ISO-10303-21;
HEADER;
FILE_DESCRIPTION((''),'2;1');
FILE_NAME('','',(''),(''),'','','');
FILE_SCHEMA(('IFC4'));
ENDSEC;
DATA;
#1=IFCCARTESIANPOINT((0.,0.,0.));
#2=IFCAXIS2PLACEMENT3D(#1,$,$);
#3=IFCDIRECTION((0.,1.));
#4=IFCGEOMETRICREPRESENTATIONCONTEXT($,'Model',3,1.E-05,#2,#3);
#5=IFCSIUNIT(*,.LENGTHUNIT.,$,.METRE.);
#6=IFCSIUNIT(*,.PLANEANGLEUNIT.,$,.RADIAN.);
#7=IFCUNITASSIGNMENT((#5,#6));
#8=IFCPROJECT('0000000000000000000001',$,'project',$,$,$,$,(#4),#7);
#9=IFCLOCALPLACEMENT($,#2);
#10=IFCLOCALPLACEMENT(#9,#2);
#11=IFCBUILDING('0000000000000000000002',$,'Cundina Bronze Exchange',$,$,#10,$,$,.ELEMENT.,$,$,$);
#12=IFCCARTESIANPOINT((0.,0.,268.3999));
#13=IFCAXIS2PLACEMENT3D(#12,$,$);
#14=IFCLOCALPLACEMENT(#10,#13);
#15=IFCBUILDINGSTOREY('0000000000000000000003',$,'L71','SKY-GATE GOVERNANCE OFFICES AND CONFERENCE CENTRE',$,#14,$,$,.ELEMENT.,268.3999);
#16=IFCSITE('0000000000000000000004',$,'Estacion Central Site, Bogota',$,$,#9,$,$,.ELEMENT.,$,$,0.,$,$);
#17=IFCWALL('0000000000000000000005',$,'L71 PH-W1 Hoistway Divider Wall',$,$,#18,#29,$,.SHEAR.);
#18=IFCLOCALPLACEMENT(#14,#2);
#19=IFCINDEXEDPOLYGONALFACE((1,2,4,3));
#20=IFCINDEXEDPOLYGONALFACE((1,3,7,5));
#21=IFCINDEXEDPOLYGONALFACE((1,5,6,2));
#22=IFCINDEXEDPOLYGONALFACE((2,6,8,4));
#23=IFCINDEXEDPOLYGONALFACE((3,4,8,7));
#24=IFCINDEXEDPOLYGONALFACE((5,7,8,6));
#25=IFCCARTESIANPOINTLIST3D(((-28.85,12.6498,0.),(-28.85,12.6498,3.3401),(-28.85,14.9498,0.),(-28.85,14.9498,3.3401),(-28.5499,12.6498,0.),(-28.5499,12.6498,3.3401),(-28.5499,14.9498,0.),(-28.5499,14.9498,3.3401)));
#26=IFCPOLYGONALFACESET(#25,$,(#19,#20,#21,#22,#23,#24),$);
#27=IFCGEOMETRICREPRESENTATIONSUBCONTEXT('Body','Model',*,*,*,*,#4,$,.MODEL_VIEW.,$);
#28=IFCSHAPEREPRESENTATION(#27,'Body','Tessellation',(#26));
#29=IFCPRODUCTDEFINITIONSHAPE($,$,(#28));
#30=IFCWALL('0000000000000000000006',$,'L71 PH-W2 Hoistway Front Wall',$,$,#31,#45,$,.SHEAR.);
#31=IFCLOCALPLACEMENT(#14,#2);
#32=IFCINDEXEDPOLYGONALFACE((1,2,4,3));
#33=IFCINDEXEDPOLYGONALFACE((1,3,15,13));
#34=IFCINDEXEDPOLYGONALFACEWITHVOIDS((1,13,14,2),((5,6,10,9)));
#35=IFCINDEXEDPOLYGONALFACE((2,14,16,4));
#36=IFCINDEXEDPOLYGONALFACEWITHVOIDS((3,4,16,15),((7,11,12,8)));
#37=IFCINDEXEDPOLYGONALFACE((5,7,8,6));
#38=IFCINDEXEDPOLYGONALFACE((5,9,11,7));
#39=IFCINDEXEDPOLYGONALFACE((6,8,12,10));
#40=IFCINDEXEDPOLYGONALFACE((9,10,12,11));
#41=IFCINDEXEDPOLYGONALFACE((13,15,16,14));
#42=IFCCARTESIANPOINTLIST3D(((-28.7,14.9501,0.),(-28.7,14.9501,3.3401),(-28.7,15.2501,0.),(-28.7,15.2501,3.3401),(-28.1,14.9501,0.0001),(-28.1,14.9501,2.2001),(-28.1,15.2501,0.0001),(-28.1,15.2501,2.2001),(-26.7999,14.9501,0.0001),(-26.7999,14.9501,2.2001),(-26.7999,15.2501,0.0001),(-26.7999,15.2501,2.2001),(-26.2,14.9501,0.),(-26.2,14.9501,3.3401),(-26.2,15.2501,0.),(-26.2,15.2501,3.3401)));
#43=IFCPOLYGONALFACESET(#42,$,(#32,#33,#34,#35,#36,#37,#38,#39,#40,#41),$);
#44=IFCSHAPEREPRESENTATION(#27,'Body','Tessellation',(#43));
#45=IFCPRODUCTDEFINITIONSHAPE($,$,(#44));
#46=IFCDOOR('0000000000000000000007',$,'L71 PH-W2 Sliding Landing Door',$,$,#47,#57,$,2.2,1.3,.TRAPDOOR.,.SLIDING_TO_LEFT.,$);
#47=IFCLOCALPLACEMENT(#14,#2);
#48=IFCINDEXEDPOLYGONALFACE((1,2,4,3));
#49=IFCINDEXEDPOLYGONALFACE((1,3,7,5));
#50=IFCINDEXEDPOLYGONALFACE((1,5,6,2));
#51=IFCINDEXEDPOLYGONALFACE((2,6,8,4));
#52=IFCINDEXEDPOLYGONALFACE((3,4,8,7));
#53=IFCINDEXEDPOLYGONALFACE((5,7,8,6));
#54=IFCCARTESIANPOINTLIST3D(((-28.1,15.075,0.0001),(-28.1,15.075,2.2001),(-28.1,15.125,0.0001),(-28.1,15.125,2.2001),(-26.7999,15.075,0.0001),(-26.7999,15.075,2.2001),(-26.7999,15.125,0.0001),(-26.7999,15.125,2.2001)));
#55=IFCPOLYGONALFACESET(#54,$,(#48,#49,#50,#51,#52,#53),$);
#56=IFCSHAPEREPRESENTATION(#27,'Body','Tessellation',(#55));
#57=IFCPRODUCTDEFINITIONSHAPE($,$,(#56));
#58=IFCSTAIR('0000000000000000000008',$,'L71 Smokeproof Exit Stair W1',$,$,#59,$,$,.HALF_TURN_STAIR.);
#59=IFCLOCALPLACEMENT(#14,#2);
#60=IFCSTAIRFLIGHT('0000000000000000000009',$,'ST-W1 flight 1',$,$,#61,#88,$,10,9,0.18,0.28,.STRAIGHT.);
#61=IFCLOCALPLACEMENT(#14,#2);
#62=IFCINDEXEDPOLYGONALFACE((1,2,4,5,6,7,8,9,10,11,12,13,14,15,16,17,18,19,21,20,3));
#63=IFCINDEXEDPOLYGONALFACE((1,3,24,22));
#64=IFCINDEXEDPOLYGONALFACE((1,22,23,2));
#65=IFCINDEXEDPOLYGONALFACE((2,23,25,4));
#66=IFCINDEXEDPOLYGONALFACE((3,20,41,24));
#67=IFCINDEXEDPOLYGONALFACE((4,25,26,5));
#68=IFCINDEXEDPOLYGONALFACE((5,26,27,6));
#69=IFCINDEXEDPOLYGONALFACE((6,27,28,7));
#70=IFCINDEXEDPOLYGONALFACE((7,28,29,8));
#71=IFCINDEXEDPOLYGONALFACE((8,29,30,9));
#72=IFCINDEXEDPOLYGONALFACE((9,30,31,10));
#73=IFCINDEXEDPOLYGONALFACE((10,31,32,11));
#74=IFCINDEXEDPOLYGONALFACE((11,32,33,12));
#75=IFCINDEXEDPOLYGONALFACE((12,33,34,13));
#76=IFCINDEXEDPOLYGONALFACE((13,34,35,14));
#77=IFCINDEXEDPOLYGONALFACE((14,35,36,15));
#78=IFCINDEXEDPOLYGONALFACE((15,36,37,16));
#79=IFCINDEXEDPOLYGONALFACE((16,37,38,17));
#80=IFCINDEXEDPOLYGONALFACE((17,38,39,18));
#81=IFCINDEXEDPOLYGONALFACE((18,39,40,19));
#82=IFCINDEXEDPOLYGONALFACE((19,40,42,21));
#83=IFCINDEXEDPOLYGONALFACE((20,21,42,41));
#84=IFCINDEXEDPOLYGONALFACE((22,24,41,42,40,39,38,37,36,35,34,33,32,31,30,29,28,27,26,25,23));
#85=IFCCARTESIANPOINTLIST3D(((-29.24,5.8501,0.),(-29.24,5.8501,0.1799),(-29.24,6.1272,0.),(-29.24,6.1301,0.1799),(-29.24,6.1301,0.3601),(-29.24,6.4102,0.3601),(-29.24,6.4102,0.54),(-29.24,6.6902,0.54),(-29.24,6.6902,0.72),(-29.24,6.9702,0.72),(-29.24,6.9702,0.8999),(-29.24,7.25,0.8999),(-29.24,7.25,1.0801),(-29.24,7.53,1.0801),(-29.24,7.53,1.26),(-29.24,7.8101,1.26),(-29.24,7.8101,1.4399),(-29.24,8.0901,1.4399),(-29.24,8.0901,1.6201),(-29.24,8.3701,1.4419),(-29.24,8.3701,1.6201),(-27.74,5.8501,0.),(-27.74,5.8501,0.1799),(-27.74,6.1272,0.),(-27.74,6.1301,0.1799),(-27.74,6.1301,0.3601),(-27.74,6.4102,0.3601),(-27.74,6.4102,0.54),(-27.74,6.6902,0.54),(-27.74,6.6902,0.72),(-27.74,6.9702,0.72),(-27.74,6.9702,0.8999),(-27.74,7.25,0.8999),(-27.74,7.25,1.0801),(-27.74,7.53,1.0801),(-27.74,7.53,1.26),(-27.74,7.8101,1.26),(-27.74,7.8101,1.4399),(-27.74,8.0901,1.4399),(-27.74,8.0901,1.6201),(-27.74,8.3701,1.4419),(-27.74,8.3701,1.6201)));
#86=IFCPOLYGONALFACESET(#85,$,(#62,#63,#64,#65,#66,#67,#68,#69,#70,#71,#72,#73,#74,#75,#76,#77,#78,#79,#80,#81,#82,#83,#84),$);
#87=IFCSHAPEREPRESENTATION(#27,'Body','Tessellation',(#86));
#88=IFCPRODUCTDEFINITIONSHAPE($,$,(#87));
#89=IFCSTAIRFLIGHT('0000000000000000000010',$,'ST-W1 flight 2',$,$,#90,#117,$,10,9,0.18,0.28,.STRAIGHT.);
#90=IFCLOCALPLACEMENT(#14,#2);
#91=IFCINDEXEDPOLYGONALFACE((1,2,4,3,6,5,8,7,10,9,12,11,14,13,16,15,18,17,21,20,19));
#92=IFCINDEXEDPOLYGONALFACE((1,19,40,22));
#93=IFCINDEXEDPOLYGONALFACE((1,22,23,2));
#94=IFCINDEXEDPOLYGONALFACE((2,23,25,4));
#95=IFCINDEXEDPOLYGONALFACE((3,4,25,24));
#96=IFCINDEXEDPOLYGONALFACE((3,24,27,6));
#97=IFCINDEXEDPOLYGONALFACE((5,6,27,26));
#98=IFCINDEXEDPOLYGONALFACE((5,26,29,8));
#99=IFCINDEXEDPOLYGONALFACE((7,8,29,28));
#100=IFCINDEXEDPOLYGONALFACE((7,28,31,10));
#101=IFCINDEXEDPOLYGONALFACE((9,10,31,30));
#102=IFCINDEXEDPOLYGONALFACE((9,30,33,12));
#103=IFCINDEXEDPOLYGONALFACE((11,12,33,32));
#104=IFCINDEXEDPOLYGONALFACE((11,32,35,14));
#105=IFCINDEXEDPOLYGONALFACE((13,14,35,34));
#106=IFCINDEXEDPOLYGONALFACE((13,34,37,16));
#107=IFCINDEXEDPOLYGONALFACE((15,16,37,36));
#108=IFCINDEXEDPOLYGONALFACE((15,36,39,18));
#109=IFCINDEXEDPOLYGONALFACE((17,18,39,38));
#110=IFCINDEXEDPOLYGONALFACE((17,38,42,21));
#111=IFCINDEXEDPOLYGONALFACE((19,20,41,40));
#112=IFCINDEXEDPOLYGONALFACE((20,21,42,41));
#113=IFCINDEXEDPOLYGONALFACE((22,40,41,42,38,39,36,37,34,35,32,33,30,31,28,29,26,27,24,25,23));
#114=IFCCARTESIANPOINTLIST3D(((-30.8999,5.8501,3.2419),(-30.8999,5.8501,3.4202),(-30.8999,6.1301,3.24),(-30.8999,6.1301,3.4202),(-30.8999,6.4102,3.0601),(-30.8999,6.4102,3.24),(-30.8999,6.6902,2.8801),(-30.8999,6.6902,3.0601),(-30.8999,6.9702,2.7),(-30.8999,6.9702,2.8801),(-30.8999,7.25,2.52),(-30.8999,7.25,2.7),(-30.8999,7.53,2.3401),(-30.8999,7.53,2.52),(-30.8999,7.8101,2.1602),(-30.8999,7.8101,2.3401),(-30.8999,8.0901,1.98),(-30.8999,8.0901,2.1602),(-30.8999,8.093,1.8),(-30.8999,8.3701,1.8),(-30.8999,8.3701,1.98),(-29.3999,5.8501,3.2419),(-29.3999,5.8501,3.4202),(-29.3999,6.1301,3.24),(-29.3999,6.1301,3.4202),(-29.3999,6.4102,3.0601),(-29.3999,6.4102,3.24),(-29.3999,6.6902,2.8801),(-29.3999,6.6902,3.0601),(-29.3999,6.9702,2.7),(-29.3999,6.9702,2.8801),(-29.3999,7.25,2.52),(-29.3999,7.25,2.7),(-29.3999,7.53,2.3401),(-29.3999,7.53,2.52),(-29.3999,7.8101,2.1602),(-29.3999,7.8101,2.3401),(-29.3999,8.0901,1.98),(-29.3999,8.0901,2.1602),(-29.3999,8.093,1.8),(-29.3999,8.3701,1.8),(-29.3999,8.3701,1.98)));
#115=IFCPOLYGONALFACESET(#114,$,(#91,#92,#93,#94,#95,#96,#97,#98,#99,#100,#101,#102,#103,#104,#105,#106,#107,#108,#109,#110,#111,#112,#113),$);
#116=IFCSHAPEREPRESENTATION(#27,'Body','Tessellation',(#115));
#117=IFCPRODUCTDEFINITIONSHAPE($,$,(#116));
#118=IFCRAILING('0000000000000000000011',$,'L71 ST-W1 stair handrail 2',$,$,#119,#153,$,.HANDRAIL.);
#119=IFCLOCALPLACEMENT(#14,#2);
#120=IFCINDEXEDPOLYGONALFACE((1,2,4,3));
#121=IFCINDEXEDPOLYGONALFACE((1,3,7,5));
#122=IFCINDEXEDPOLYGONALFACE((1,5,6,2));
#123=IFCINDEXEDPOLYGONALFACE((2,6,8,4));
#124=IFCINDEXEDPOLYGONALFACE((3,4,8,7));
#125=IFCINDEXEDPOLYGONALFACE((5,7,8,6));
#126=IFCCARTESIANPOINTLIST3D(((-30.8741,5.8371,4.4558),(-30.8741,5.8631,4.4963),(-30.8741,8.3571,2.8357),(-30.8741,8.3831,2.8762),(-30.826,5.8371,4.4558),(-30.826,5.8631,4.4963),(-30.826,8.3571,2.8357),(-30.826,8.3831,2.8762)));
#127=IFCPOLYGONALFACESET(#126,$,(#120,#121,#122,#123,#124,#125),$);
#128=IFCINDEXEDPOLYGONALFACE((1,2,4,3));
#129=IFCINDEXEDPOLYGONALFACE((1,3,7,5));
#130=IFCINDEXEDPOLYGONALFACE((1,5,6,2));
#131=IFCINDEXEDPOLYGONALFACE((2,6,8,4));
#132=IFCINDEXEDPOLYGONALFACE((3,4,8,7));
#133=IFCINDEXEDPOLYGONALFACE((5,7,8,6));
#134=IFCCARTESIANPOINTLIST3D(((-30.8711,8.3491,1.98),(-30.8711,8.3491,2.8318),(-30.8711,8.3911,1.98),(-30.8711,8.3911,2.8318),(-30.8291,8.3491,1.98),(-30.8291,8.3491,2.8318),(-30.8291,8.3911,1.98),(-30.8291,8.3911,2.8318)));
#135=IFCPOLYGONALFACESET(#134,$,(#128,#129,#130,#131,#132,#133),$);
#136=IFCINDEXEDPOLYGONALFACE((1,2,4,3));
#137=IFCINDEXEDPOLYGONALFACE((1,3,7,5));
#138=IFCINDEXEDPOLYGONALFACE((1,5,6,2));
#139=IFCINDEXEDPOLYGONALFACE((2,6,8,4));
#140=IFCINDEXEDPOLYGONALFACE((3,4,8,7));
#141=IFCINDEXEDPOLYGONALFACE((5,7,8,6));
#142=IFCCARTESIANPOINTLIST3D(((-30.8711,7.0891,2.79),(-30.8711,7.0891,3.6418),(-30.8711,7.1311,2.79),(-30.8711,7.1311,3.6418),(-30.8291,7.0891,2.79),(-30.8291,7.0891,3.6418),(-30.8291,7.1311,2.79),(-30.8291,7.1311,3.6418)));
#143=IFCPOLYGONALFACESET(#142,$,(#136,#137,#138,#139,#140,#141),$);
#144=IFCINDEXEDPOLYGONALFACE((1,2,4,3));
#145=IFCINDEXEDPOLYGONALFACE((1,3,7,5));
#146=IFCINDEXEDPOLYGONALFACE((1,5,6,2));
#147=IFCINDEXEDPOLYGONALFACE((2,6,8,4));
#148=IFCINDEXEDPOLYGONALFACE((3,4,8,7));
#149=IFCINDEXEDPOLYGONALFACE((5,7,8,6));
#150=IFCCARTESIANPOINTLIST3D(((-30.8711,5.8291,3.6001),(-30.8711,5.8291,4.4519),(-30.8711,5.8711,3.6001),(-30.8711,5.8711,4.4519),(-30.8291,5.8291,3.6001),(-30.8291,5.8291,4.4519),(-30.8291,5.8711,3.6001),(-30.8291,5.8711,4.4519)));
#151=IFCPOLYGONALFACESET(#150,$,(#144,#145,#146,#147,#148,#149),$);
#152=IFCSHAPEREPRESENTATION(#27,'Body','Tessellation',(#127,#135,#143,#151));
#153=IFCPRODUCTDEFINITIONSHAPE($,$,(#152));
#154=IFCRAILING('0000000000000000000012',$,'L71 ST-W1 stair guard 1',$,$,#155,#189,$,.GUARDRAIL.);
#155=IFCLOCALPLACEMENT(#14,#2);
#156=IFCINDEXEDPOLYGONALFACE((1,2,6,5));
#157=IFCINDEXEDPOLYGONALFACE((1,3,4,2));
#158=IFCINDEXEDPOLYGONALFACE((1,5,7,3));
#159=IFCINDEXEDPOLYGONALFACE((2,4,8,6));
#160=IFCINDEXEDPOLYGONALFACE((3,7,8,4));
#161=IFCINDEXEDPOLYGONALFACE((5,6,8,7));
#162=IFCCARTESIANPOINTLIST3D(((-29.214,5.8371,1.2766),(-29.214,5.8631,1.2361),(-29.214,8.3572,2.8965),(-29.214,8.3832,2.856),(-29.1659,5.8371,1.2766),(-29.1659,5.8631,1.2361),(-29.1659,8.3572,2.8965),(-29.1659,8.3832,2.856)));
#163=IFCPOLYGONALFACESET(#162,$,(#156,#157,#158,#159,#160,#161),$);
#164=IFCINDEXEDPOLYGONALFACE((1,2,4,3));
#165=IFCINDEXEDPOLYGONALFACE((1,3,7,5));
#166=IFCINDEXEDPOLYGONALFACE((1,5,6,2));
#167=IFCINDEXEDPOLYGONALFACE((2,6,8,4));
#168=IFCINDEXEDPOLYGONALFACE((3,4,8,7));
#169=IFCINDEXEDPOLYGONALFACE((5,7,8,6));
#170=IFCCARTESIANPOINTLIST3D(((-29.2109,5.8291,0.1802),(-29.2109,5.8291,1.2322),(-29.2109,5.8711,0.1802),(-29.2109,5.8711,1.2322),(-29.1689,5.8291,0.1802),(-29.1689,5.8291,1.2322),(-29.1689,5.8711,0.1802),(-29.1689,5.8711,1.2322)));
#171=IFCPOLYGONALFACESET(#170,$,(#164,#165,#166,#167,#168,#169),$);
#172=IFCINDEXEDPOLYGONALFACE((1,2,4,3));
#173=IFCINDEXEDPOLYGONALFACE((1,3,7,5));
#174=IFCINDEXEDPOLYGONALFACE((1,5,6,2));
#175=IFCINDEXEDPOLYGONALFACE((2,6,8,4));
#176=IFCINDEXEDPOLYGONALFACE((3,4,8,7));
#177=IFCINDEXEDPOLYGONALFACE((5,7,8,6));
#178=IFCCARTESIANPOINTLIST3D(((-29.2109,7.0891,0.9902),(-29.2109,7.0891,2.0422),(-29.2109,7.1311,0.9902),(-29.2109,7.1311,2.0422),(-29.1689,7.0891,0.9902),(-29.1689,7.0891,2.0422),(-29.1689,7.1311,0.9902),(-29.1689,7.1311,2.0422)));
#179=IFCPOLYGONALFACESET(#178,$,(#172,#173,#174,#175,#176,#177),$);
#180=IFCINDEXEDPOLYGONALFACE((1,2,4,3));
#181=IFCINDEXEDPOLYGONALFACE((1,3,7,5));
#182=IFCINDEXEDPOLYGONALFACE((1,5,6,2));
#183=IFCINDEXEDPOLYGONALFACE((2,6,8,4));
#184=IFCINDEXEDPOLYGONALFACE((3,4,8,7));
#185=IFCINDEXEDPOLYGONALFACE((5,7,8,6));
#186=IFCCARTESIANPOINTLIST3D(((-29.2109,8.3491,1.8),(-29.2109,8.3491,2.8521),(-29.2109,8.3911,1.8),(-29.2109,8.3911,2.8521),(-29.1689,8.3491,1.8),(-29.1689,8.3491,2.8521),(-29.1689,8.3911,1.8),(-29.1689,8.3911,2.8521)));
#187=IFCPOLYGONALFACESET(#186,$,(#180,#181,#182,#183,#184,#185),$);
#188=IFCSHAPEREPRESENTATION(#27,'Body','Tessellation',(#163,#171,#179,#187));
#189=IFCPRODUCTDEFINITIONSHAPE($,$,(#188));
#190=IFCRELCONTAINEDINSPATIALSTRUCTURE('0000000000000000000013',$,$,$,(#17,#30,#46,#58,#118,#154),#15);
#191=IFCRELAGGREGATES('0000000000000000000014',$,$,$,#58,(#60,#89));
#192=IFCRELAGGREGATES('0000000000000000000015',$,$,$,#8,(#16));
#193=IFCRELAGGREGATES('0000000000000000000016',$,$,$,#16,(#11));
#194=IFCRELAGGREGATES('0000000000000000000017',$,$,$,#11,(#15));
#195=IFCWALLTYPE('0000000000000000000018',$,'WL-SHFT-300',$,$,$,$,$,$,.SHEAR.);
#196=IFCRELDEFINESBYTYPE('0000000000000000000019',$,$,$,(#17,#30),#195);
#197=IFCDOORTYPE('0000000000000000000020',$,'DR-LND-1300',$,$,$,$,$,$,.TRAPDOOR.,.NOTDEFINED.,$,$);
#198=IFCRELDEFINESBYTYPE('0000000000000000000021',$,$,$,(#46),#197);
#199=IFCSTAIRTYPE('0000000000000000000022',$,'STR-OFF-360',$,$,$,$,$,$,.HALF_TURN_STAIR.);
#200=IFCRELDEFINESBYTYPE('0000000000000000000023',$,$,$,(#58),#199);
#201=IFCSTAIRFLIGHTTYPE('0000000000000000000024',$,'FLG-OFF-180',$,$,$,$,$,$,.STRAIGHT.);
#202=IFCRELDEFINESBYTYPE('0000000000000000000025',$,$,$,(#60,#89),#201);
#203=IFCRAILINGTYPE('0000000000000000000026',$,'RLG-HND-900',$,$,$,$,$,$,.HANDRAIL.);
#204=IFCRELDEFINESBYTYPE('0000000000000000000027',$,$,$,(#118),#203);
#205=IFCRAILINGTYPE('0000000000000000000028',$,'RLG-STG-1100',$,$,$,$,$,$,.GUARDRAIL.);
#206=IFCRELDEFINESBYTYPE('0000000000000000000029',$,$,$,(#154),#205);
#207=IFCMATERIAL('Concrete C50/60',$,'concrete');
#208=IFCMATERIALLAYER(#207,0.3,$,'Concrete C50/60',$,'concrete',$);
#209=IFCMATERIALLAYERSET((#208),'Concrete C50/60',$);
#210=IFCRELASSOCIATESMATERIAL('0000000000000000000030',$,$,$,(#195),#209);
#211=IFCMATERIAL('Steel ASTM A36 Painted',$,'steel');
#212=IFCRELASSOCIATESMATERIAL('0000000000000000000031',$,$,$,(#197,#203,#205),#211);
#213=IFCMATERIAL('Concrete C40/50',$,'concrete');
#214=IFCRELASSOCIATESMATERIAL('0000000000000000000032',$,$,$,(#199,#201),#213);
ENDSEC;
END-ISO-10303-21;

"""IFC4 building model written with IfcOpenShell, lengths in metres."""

from ifc_helpers import new_model, si_unit, direction, frame, frame_2d, origin, origin_2d, place, context, subcontext, project, spatial, polyline, rectangle, outline, extrude, material, layer, layer_set, type_object, element, fill, aggregate, save


model = new_model("IFC4")

# Units and contexts
model_context = context("Model", 3, precision=1e-05, world=origin(), true_north=direction((0.0, 1.0)))
body_context = subcontext(model_context, "Body", "Model", "MODEL_VIEW")
ifc_project = project(units=[si_unit("LENGTHUNIT", "METRE"), si_unit("PLANEANGLEUNIT", "RADIAN")], contexts=[model_context])

# Site, building, storey
site_placement = place(None, origin())
site = spatial("IfcSite", under=ifc_project, at=site_placement, Name="Estacion Central Site, Bogota", CompositionType="ELEMENT", RefElevation=0.0)
building_placement = place(site_placement, origin())
building = spatial("IfcBuilding", under=site, at=building_placement, Name="Cundina Bronze Exchange", CompositionType="ELEMENT")
storey_placement = place(building_placement, frame((0.0, 0.0, 268.3999)))
storey = spatial("IfcBuildingStorey", under=building, at=storey_placement, Name="L71", Description="SKY-GATE GOVERNANCE OFFICES AND CONFERENCE CENTRE", CompositionType="ELEMENT", Elevation=268.3999)

# Shared definitions
ifc_material_1 = material(Name="Concrete C50/60", Category="concrete")

# Shared definitions
ifc_layer_1 = layer(ifc_material_1, 0.3, Name="Concrete C50/60", Category="concrete")
ifc_layer_set_1 = layer_set([ifc_layer_1], Name="Concrete C50/60")
wall_type_1 = type_object("IfcWallType", Name="WL-SHFT-300", PredefinedType="SHEAR", material=ifc_layer_set_1)
ifc_material_2 = material(Name="Steel ASTM A36 Painted", Category="steel")

# Shared definitions
door_type_1 = type_object("IfcDoorType", Name="DR-LND-1300", OperationType="NOTDEFINED", PredefinedType="TRAPDOOR", material=ifc_material_2)

# Wall
wall_1_placement = place(storey_placement, frame((-28.7, 12.6499, 0.0), z_axis=(0.0, 0.0, 1.0), x_axis=(0.0, 1.0, 0.0)))
element("IfcWall", 1, at=wall_1_placement, inside=storey, type_object=wall_type_1, Name="L71 PH-W1 Hoistway Divider Wall", PredefinedType="SHEAR", context=body_context, shape_type="SweptSolid", body=[
    extrude(rectangle(XDim=2.3, YDim=0.3, at=frame_2d((1.1499, 0.0))), origin(), (0.0, 0.0, 1.0), 3.3401),
])

# Wall, opening, door
wall_2_placement = place(storey_placement, frame((-28.7, 15.1001, 0.0), z_axis=(0.0, 0.0, 1.0), x_axis=(1.0, 0.0, 0.0)))
wall_2 = element("IfcWall", 2, at=wall_2_placement, inside=storey, type_object=wall_type_1, Name="L71 PH-W2 Hoistway Front Wall", PredefinedType="SHEAR", context=body_context, shape_type="SweptSolid", body=[
    extrude(rectangle(XDim=2.5, YDim=0.3, at=frame_2d((1.25, 0.0))), origin(), (0.0, 0.0, 1.0), 3.3401),
])
opening_1_placement = place(wall_2_placement, frame((0.6001, 0.0, 0.0)))
opening_1 = element("IfcOpeningElement", 3, at=opening_1_placement, cuts=wall_2, PredefinedType="OPENING", context=body_context, shape_type="SweptSolid", body=[
    extrude(rectangle(XDim=1.3, YDim=2.2, at=frame_2d((0.6499, 1.1001))), frame((0.0, 0.1599, 0.0), z_axis=(0.0, -1.0, 0.0), x_axis=(1.0, 0.0, 0.0)), (0.0, 0.0, 1.0), 0.3201),
])
door_1_placement = place(opening_1_placement, origin())
door_1 = element("IfcDoor", 4, at=door_1_placement, inside=storey, type_object=door_type_1, Name="L71 PH-W2 Sliding Landing Door", OperationType="SLIDING_TO_LEFT", OverallHeight=2.2, OverallWidth=1.3, PredefinedType="TRAPDOOR", context=body_context, shape_type="SweptSolid", body=[
    extrude(rectangle(XDim=1.3, YDim=2.2, at=frame_2d((0.6499, 1.1001))), frame((0.0, 0.0249, 0.0), z_axis=(0.0, -1.0, 0.0), x_axis=(1.0, 0.0, 0.0)), (0.0, 0.0, 1.0), 0.05),
])
fill(opening_1, door_1)

# Stair, stair flights
ifc_material_3 = material(Name="Concrete C40/50", Category="concrete")
stair_type = type_object("IfcStairType", Name="STR-OFF-360", PredefinedType="HALF_TURN_STAIR", material=ifc_material_3)
stair_placement = place(storey_placement, origin())
stair = element("IfcStair", 5, at=stair_placement, inside=storey, type_object=stair_type, Name="L71 Smokeproof Exit Stair W1", PredefinedType="HALF_TURN_STAIR")
stair_flight_type = type_object("IfcStairFlightType", Name="FLG-OFF-180", PredefinedType="STRAIGHT", material=ifc_material_3)
stair_flight_1_placement = place(storey_placement, frame((-28.49, 5.8501, 0.0), z_axis=(0.0, 0.0, 1.0), x_axis=(0.0, 1.0, 0.0)))
stair_flight_1 = element("IfcStairFlight", 6, at=stair_flight_1_placement, type_object=stair_flight_type, Name="ST-W1 flight 1", NumberOfRisers=10, NumberOfTreads=9, PredefinedType="STRAIGHT", RiserHeight=0.18, TreadLength=0.28, context=body_context, shape_type="SweptSolid", body=[
    extrude(outline(polyline([(0.0, 0.0), (0.0, 0.1799), (0.28, 0.1799), (0.28, 0.3601), (0.5601, 0.3601), (0.5601, 0.54), (0.8401, 0.54), (0.8401, 0.72), (1.1201, 0.72), (1.1201, 0.8999), (1.3999, 0.8999), (1.3999, 1.0801), (1.6799, 1.0801), (1.6799, 1.26), (1.96, 1.26), (1.96, 1.4399), (2.24, 1.4399), (2.24, 1.6201), (2.52, 1.6201), (2.52, 1.8), (2.52, 1.4419), (0.2771, 0.0), (0.0, 0.0)])), frame((0.0, 0.75, 0.0), z_axis=(0.0, -1.0, 0.0), x_axis=(1.0, 0.0, 0.0)), (0.0, 0.0, 1.0), 1.5),
])
stair_flight_2_placement = place(storey_placement, frame((-30.1499, 8.3701, 1.8), z_axis=(0.0, 0.0, 1.0), x_axis=(0.0, -1.0, 0.0)))
stair_flight_2 = element("IfcStairFlight", 7, at=stair_flight_2_placement, type_object=stair_flight_type, Name="ST-W1 flight 2", NumberOfRisers=10, NumberOfTreads=9, PredefinedType="STRAIGHT", RiserHeight=0.18, TreadLength=0.28, context=body_context, shape_type="SweptSolid", body=[
    extrude(outline(polyline([(0.0, 0.0), (0.0, 0.1799), (0.28, 0.1799), (0.28, 0.3601), (0.5601, 0.3601), (0.5601, 0.54), (0.8401, 0.54), (0.8401, 0.72), (1.1201, 0.72), (1.1201, 0.8999), (1.3999, 0.8999), (1.3999, 1.0801), (1.6799, 1.0801), (1.6799, 1.26), (1.96, 1.26), (1.96, 1.4399), (2.24, 1.4399), (2.24, 1.6201), (2.52, 1.6201), (2.52, 1.8), (2.52, 1.4419), (0.2771, 0.0), (0.0, 0.0)])), frame((0.0, 0.75, 0.0), z_axis=(0.0, -1.0, 0.0), x_axis=(1.0, 0.0, 0.0)), (0.0, 0.0, 1.0), 1.5),
])
aggregate(stair, [stair_flight_1, stair_flight_2])

# Railings
railing_type_1 = type_object("IfcRailingType", Name="RLG-HND-900", PredefinedType="HANDRAIL", material=ifc_material_2)
railing_1_placement = place(storey_placement, frame((-30.8501, 8.3701, 1.98)))
element("IfcRailing", 8, at=railing_1_placement, inside=storey, type_object=railing_type_1, Name="L71 ST-W1 stair handrail 2", PredefinedType="HANDRAIL", context=body_context, shape_type="SweptSolid", body=[
    extrude(rectangle(XDim=0.0481, YDim=0.0481, at=origin_2d()), frame((0.0, 0.0, 0.876), z_axis=(0.0, -0.841163, 0.540782), x_axis=(1.0, 0.0, 0.0)), (0.0, 0.0, 1.0), 2.9958),
    extrude(rectangle(XDim=0.042, YDim=0.042, at=origin_2d()), origin(), (0.0, 0.0, 1.0), 0.8518),
    extrude(rectangle(XDim=0.042, YDim=0.042, at=origin_2d()), frame((0.0, -1.26, 0.8101)), (0.0, 0.0, 1.0), 0.8518),
    extrude(rectangle(XDim=0.042, YDim=0.042, at=origin_2d()), frame((0.0, -2.52, 1.6201)), (0.0, 0.0, 1.0), 0.8518),
])
railing_type_2 = type_object("IfcRailingType", Name="RLG-STG-1100", PredefinedType="GUARDRAIL", material=ifc_material_2)
railing_2_placement = place(storey_placement, frame((-29.1899, 5.8501, 0.1802)))
element("IfcRailing", 9, at=railing_2_placement, inside=storey, type_object=railing_type_2, Name="L71 ST-W1 stair guard 1", PredefinedType="GUARDRAIL", context=body_context, shape_type="SweptSolid", body=[
    extrude(rectangle(XDim=0.0481, YDim=0.0481, at=origin_2d()), frame((0.0, 0.0, 1.0762), z_axis=(0.0, 0.8412, 0.540725), x_axis=(-1.0, 0.0, 0.0)), (0.0, 0.0, 1.0), 2.9958),
    extrude(rectangle(XDim=0.042, YDim=0.042, at=origin_2d()), origin(), (0.0, 0.0, 1.0), 1.052),
    extrude(rectangle(XDim=0.042, YDim=0.042, at=origin_2d()), frame((0.0, 1.26, 0.8101)), (0.0, 0.0, 1.0), 1.052),
    extrude(rectangle(XDim=0.042, YDim=0.042, at=origin_2d()), frame((0.0, 2.52, 1.6199)), (0.0, 0.0, 1.0), 1.052),
])

save(model, "model.ifc")
